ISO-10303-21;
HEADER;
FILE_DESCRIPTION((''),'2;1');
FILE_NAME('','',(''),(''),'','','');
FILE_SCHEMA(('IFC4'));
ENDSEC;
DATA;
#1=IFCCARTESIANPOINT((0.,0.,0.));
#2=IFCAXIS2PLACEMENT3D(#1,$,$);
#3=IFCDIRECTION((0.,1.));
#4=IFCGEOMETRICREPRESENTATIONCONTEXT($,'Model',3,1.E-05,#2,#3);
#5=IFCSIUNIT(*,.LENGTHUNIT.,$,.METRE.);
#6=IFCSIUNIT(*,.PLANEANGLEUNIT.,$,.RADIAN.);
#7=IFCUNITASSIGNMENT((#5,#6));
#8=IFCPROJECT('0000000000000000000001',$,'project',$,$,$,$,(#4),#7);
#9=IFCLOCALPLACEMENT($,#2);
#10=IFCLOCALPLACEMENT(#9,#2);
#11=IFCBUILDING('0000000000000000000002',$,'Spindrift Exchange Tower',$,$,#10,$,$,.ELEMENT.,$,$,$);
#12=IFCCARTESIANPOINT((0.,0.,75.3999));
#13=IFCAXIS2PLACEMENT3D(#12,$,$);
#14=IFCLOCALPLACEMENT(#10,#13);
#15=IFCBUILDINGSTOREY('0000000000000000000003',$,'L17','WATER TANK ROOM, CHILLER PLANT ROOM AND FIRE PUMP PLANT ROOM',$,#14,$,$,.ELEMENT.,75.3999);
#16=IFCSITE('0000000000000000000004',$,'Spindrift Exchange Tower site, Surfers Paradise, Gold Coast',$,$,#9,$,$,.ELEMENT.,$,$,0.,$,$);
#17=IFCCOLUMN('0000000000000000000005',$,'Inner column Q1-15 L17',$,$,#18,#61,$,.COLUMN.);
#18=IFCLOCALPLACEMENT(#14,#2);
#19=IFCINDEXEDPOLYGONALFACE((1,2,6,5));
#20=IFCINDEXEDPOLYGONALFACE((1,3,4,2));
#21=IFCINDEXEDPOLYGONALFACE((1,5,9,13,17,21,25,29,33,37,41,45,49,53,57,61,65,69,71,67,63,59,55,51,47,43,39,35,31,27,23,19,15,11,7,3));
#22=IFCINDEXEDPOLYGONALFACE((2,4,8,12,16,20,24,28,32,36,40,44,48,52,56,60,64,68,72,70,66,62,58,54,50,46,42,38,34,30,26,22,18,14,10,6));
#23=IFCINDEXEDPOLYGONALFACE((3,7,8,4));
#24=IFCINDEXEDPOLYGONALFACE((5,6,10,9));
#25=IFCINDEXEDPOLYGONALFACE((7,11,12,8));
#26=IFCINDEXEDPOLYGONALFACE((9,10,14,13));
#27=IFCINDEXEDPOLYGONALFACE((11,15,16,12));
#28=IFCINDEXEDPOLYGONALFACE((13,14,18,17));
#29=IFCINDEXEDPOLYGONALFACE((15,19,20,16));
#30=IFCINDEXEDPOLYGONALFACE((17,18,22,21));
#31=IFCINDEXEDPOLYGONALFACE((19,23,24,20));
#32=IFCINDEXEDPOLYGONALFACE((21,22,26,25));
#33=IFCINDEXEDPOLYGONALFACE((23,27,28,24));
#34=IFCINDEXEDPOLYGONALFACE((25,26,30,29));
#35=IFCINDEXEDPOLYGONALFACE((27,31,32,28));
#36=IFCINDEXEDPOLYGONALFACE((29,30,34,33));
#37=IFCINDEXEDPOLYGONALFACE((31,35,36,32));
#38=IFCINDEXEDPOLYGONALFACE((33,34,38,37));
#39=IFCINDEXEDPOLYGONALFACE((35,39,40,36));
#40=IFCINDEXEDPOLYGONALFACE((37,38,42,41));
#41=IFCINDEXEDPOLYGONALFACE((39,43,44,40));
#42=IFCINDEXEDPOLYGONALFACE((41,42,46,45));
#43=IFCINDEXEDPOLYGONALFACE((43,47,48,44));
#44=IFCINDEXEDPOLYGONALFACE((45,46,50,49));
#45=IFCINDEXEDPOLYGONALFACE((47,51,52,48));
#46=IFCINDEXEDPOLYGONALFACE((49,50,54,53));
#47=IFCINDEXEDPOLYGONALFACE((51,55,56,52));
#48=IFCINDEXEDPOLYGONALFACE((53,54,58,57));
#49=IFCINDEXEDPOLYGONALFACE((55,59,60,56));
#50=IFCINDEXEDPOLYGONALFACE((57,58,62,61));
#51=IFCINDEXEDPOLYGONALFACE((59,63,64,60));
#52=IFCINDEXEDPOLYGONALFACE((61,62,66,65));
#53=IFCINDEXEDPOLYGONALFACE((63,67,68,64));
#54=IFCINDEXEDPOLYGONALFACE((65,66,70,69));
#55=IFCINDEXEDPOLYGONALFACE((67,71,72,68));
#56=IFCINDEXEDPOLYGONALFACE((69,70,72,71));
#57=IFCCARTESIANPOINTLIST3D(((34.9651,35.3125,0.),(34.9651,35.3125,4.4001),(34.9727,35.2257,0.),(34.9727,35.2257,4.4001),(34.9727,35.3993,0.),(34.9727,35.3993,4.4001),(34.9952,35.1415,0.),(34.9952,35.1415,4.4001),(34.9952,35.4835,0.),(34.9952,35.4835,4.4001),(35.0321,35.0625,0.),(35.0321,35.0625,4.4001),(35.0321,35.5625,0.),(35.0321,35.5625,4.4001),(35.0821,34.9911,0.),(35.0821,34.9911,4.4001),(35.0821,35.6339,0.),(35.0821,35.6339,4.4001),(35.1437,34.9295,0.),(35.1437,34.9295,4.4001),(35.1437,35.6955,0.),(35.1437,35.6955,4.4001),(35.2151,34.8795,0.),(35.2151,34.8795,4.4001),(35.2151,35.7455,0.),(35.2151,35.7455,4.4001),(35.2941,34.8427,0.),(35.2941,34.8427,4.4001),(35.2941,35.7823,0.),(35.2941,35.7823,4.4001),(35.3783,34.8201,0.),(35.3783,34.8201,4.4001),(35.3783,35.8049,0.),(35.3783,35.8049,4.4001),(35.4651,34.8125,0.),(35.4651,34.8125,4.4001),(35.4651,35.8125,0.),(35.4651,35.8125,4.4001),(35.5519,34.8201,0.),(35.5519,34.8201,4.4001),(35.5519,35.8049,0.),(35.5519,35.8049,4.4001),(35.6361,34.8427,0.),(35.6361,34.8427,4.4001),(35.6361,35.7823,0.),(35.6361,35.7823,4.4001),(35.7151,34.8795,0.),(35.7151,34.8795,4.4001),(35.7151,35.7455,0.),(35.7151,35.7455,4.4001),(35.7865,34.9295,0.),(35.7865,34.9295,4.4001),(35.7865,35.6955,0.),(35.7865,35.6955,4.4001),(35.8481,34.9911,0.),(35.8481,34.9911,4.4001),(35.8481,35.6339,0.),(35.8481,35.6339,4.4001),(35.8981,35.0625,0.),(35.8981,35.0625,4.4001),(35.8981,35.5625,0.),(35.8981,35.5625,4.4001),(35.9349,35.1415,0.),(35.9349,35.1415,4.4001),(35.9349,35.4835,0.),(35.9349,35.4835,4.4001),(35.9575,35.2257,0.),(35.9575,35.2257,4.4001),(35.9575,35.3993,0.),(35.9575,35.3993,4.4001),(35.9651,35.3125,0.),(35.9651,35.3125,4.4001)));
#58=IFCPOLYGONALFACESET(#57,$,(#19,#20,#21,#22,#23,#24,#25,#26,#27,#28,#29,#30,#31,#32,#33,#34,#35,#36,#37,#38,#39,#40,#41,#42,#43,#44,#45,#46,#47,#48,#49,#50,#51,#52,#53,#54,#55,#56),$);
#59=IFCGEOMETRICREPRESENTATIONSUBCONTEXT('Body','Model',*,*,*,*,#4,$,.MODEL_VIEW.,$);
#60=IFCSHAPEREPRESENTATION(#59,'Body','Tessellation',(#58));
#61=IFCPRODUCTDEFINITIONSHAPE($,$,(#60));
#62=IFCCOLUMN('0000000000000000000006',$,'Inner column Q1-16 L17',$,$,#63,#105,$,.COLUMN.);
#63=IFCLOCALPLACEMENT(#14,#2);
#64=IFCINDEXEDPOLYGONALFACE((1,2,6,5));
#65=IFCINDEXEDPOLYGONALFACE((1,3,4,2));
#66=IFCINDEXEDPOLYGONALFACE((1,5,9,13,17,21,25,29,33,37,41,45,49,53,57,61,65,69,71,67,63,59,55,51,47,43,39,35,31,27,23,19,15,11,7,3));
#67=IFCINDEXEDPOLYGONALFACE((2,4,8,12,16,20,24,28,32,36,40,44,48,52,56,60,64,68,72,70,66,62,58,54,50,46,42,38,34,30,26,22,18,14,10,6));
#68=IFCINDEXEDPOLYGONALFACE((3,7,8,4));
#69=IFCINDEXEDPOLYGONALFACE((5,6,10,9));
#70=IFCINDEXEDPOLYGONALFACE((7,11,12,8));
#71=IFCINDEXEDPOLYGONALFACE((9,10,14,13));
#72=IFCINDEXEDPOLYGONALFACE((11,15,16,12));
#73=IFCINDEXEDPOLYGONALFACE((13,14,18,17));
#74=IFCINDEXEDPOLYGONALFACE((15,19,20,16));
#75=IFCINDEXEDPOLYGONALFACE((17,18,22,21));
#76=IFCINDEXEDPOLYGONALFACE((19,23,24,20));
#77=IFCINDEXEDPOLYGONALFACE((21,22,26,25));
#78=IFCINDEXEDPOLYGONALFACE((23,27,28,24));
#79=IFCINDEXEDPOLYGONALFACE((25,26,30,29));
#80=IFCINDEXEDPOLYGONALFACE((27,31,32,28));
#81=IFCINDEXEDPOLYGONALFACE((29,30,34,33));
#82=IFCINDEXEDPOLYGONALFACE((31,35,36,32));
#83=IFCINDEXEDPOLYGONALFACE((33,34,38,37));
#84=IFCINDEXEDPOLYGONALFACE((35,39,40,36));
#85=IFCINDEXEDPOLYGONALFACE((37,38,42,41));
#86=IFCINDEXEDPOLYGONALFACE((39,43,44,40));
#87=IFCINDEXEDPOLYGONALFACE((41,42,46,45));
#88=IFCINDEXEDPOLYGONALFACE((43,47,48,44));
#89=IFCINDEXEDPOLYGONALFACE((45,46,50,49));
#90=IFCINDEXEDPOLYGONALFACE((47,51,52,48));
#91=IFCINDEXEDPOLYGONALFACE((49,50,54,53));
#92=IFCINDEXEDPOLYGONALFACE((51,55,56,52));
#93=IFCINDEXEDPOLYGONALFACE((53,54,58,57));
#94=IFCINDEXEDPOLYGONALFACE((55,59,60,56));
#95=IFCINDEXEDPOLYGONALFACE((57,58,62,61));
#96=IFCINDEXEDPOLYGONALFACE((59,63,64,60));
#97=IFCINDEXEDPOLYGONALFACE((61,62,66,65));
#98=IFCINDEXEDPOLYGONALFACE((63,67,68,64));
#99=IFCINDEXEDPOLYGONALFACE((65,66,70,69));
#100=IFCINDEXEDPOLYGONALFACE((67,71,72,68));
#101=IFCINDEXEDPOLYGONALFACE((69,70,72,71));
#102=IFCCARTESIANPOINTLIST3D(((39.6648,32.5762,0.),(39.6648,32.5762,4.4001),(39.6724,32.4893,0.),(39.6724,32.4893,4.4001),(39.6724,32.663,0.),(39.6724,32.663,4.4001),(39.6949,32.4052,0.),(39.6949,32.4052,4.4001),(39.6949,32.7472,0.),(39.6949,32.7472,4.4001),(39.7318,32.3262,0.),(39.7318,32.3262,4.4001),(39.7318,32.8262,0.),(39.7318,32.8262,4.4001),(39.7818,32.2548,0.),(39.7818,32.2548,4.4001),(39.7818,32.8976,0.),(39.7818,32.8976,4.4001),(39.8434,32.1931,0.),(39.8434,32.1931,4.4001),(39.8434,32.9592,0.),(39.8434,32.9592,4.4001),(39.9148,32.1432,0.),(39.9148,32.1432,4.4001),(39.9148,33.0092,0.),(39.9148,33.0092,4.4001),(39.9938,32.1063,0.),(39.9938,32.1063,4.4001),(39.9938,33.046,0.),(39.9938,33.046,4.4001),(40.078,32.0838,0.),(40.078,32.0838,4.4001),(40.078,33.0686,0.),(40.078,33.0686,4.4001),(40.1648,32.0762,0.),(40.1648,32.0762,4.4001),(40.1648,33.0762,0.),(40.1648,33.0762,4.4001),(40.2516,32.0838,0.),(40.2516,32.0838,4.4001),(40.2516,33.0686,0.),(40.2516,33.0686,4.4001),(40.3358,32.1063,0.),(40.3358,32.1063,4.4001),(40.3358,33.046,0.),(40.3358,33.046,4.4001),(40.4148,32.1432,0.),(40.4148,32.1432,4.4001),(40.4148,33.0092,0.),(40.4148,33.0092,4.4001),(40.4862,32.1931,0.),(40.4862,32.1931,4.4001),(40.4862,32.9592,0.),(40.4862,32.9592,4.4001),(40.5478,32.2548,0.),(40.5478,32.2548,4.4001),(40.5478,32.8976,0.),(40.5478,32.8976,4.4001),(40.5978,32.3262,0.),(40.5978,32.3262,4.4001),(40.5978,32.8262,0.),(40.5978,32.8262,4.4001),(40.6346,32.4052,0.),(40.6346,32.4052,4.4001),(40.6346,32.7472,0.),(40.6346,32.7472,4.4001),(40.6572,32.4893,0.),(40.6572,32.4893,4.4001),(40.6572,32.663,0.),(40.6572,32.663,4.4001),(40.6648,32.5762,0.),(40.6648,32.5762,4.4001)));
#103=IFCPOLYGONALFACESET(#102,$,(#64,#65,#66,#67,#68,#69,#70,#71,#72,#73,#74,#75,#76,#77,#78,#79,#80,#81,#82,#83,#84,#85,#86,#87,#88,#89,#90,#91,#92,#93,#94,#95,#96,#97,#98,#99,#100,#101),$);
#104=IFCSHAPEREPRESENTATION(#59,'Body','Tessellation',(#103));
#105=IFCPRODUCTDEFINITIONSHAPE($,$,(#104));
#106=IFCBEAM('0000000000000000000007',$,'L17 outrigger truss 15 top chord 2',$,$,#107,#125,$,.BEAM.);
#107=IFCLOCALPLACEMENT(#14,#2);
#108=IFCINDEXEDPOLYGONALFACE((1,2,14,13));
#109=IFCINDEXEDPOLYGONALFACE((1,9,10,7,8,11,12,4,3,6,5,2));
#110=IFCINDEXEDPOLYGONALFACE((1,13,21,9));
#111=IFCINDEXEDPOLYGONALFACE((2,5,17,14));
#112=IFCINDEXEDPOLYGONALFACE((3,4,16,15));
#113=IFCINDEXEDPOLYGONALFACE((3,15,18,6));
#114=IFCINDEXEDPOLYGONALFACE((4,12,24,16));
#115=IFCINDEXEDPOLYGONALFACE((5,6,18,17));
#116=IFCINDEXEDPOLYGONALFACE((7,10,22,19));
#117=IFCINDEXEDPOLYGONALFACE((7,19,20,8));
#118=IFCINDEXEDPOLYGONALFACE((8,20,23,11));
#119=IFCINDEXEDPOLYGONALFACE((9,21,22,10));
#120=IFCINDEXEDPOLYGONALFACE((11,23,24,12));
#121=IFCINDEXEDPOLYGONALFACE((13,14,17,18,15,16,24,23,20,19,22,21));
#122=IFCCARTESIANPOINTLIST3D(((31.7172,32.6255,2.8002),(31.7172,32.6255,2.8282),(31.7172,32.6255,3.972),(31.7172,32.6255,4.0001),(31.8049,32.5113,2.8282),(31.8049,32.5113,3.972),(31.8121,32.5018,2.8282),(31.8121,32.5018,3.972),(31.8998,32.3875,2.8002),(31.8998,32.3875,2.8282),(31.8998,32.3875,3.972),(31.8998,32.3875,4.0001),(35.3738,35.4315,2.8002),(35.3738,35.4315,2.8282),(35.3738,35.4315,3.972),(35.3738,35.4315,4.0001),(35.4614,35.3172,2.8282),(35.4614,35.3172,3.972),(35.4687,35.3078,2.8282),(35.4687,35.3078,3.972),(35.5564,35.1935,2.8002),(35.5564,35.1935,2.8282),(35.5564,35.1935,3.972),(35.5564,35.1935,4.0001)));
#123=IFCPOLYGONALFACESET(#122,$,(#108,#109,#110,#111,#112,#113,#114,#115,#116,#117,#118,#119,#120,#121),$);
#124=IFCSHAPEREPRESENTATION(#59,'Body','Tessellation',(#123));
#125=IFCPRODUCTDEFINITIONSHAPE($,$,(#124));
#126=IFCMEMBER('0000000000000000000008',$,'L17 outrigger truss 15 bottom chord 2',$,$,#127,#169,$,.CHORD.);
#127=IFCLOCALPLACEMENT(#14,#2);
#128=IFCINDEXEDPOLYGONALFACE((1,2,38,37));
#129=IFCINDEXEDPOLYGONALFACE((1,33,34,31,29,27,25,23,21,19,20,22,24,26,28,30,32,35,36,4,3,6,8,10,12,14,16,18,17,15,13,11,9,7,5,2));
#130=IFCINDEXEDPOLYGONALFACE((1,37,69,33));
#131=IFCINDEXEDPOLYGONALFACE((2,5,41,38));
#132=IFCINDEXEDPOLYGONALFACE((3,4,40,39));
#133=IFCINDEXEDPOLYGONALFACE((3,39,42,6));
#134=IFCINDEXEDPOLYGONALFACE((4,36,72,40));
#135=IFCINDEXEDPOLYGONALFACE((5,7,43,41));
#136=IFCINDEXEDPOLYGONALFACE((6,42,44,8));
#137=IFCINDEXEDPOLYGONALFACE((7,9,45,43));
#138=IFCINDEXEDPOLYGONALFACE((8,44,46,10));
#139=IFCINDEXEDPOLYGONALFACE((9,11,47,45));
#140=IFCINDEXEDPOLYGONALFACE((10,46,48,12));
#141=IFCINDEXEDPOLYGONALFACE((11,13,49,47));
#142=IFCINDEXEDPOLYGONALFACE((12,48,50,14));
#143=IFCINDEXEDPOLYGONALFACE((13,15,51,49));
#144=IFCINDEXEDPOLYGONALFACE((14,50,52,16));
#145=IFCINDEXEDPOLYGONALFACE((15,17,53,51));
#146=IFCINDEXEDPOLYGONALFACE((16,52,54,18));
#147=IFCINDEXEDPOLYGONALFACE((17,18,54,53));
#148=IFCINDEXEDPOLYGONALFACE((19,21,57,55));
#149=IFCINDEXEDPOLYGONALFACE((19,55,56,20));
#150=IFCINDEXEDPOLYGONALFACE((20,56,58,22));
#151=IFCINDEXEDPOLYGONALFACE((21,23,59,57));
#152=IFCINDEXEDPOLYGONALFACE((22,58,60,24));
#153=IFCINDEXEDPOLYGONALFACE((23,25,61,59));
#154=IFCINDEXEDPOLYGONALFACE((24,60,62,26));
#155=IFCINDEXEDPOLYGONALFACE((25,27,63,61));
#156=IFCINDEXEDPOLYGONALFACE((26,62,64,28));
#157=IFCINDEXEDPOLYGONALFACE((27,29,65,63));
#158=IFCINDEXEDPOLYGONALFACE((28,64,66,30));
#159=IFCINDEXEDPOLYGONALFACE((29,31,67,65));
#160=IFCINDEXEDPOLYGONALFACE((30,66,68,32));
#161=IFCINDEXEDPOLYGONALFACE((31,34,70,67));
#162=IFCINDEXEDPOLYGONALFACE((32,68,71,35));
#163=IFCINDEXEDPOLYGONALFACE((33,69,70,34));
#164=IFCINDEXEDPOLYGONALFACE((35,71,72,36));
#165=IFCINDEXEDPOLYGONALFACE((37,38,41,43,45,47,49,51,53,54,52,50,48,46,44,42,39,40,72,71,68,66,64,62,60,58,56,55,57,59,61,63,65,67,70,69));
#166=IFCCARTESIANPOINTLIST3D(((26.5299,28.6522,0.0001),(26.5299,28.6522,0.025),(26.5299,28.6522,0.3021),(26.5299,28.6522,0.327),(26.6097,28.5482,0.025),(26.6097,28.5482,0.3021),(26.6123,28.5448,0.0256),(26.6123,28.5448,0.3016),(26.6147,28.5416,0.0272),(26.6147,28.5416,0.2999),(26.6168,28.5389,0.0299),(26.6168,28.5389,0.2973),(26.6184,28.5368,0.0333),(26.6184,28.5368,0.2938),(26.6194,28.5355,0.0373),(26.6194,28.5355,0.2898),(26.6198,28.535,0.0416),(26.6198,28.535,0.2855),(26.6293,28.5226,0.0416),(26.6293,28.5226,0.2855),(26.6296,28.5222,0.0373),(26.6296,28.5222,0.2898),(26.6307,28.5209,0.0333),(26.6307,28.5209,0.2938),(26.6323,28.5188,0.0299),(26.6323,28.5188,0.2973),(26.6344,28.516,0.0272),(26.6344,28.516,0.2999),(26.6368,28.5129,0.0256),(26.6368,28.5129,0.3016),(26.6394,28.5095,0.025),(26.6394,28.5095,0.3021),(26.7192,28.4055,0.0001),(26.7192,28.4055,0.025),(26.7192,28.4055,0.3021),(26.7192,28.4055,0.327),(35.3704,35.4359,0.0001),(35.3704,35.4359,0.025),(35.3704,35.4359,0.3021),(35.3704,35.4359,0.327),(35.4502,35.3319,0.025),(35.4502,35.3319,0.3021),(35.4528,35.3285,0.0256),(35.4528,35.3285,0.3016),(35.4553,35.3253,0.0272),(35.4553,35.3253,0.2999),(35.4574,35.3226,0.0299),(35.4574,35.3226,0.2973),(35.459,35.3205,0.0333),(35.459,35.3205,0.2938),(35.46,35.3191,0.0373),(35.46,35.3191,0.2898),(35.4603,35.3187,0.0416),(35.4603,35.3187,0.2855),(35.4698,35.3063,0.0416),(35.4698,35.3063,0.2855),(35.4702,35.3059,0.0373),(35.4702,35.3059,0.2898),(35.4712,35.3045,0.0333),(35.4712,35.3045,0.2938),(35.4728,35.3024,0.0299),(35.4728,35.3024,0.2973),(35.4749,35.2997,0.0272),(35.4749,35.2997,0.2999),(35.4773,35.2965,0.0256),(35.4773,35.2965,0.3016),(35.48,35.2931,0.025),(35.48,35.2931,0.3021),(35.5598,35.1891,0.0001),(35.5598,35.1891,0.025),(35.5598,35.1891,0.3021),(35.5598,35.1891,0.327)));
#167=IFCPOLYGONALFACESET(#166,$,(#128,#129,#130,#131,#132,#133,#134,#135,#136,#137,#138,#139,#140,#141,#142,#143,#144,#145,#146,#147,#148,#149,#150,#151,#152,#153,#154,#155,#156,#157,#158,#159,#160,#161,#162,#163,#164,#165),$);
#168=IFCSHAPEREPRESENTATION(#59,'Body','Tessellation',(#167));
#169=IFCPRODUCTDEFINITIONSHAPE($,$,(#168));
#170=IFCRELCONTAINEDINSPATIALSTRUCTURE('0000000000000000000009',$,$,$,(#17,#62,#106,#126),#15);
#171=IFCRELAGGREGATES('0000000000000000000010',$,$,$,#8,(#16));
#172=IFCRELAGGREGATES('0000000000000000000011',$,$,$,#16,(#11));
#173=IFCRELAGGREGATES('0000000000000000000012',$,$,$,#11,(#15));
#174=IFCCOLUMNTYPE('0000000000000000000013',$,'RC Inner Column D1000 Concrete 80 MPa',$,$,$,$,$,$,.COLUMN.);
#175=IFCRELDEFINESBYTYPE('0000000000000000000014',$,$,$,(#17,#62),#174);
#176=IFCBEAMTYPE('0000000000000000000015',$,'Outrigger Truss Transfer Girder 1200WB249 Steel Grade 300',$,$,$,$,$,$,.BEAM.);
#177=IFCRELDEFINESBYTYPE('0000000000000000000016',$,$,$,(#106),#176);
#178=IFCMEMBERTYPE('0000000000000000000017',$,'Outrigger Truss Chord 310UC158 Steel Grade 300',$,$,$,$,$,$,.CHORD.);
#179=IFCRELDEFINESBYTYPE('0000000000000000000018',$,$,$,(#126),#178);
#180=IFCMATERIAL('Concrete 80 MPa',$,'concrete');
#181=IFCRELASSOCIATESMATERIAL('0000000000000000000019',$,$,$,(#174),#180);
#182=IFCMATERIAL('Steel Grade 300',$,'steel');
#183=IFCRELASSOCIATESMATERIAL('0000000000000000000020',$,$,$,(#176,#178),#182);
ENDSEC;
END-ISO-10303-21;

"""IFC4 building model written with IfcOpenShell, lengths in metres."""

from ifc_helpers import new_model, si_unit, direction, frame, origin, origin_2d, place, context, subcontext, project, spatial, circle, i_section, extrude, source, transform, mapped, material, material_profile, profile_set, type_object, element, save


model = new_model("IFC4")

# Units and contexts
model_context = context("Model", 3, precision=1e-05, world=origin(), true_north=direction((0.0, 1.0)))
body_context = subcontext(model_context, "Body", "Model", "MODEL_VIEW")
ifc_project = project(units=[si_unit("LENGTHUNIT", "METRE"), si_unit("PLANEANGLEUNIT", "RADIAN")], contexts=[model_context])

# Site, building, storey
site_placement = place(None, origin())
site = spatial("IfcSite", under=ifc_project, at=site_placement, Name="Spindrift Exchange Tower site, Surfers Paradise, Gold Coast", CompositionType="ELEMENT", RefElevation=0.0)
building_placement = place(site_placement, origin())
building = spatial("IfcBuilding", under=site, at=building_placement, Name="Spindrift Exchange Tower", CompositionType="ELEMENT")
storey_placement = place(building_placement, frame((0.0, 0.0, 75.3999)))
storey = spatial("IfcBuildingStorey", under=building, at=storey_placement, Name="L17", Description="WATER TANK ROOM, CHILLER PLANT ROOM AND FIRE PUMP PLANT ROOM", CompositionType="ELEMENT", Elevation=75.3999)

# Columns
ifc_material_1 = material(Name="Concrete 80 MPa", Category="concrete")
ifc_material_profile_1 = material_profile(ifc_material_1, circle(Radius=0.5, at=origin_2d()), Name="RC D1000")
ifc_profile_set_1 = profile_set([ifc_material_profile_1], Name="Concrete 80 MPa")
column_type = type_object("IfcColumnType", Name="RC Inner Column D1000 Concrete 80 MPa", PredefinedType="COLUMN", material=ifc_profile_set_1)
shared_shape_1 = source(origin(), body_context, "Body", "SweptSolid", [
    extrude(circle(Radius=0.5, at=origin_2d()), origin(), (0.0, 0.0, 1.0), 4.4001),
])
for number, where, z_axis, x_axis, name in (
    (1, (35.4651, 35.3125, 0.0), (0.0, 0.0, 1.0), (1.0, 0.0, 0.0), "Inner column Q1-15 L17"),
    (2, (40.1648, 32.5762, 0.0), (0.0, 0.0, 1.0), (1.0, 0.0, 0.0), "Inner column Q1-16 L17"),
):
    element("IfcColumn", number, at=place(storey_placement, frame(where, z_axis=z_axis, x_axis=x_axis)), inside=storey, type_object=column_type, Name=name, PredefinedType="COLUMN", context=body_context, shape_type="MappedRepresentation", body=[
        mapped(shared_shape_1, transform((0.0, 0.0, 0.0), scale=1.0)),
    ])

# Beam
ifc_material_2 = material(Name="Steel Grade 300", Category="steel")
ifc_material_profile_2 = material_profile(ifc_material_2, i_section(OverallWidth=0.3, OverallDepth=1.2, WebThickness=0.012, FlangeThickness=0.0281, at=origin_2d()), Name="1200WB249")
ifc_profile_set_2 = profile_set([ifc_material_profile_2], Name="Steel Grade 300")
beam_type = type_object("IfcBeamType", Name="Outrigger Truss Transfer Girder 1200WB249 Steel Grade 300", PredefinedType="BEAM", material=ifc_profile_set_2)
shared_shape_2 = source(origin(), body_context, "Body", "SweptSolid", [
    extrude(i_section(OverallWidth=0.3, OverallDepth=1.2, WebThickness=0.012, FlangeThickness=0.0281, at=origin_2d()), origin(), (0.0, 0.0, 1.0), 4.6091),
])
beam_1_placement = place(storey_placement, frame((35.4651, 35.3125, 3.4001), z_axis=(-0.793334, -0.608786, 0.0), x_axis=(0.608786, -0.793334, 0.0)))
element("IfcBeam", 3, at=beam_1_placement, inside=storey, type_object=beam_type, Name="L17 outrigger truss 15 top chord 2", PredefinedType="BEAM", context=body_context, shape_type="MappedRepresentation", body=[
    mapped(shared_shape_2, transform((0.0, 0.0, 0.0), scale=1.0)),
])

# Member
ifc_material_profile_3 = material_profile(ifc_material_2, i_section(OverallWidth=0.311, OverallDepth=0.3269, WebThickness=0.0156, FlangeThickness=0.0249, FilletRadius=0.0166, at=origin_2d()), Name="310UC158")
ifc_profile_set_3 = profile_set([ifc_material_profile_3], Name="Steel Grade 300")
member_type_1 = type_object("IfcMemberType", Name="Outrigger Truss Chord 310UC158 Steel Grade 300", PredefinedType="CHORD", material=ifc_profile_set_3)
shared_shape_3 = source(origin(), body_context, "Body", "SweptSolid", [
    extrude(i_section(OverallWidth=0.311, OverallDepth=0.3269, WebThickness=0.0156, FlangeThickness=0.0249, FilletRadius=0.0166, at=origin_2d()), origin(), (0.0, 0.0, 1.0), 11.1433),
])
member_1_placement = place(storey_placement, frame((35.4651, 35.3125, 0.1636), z_axis=(-0.79335, -0.608766, 0.0), x_axis=(0.608766, -0.79335, 0.0)))
element("IfcMember", 4, at=member_1_placement, inside=storey, type_object=member_type_1, Name="L17 outrigger truss 15 bottom chord 2", PredefinedType="CHORD", context=body_context, shape_type="MappedRepresentation", body=[
    mapped(shared_shape_3, transform((0.0, 0.0, 0.0), scale=1.0)),
])

save(model, "model.ifc")
